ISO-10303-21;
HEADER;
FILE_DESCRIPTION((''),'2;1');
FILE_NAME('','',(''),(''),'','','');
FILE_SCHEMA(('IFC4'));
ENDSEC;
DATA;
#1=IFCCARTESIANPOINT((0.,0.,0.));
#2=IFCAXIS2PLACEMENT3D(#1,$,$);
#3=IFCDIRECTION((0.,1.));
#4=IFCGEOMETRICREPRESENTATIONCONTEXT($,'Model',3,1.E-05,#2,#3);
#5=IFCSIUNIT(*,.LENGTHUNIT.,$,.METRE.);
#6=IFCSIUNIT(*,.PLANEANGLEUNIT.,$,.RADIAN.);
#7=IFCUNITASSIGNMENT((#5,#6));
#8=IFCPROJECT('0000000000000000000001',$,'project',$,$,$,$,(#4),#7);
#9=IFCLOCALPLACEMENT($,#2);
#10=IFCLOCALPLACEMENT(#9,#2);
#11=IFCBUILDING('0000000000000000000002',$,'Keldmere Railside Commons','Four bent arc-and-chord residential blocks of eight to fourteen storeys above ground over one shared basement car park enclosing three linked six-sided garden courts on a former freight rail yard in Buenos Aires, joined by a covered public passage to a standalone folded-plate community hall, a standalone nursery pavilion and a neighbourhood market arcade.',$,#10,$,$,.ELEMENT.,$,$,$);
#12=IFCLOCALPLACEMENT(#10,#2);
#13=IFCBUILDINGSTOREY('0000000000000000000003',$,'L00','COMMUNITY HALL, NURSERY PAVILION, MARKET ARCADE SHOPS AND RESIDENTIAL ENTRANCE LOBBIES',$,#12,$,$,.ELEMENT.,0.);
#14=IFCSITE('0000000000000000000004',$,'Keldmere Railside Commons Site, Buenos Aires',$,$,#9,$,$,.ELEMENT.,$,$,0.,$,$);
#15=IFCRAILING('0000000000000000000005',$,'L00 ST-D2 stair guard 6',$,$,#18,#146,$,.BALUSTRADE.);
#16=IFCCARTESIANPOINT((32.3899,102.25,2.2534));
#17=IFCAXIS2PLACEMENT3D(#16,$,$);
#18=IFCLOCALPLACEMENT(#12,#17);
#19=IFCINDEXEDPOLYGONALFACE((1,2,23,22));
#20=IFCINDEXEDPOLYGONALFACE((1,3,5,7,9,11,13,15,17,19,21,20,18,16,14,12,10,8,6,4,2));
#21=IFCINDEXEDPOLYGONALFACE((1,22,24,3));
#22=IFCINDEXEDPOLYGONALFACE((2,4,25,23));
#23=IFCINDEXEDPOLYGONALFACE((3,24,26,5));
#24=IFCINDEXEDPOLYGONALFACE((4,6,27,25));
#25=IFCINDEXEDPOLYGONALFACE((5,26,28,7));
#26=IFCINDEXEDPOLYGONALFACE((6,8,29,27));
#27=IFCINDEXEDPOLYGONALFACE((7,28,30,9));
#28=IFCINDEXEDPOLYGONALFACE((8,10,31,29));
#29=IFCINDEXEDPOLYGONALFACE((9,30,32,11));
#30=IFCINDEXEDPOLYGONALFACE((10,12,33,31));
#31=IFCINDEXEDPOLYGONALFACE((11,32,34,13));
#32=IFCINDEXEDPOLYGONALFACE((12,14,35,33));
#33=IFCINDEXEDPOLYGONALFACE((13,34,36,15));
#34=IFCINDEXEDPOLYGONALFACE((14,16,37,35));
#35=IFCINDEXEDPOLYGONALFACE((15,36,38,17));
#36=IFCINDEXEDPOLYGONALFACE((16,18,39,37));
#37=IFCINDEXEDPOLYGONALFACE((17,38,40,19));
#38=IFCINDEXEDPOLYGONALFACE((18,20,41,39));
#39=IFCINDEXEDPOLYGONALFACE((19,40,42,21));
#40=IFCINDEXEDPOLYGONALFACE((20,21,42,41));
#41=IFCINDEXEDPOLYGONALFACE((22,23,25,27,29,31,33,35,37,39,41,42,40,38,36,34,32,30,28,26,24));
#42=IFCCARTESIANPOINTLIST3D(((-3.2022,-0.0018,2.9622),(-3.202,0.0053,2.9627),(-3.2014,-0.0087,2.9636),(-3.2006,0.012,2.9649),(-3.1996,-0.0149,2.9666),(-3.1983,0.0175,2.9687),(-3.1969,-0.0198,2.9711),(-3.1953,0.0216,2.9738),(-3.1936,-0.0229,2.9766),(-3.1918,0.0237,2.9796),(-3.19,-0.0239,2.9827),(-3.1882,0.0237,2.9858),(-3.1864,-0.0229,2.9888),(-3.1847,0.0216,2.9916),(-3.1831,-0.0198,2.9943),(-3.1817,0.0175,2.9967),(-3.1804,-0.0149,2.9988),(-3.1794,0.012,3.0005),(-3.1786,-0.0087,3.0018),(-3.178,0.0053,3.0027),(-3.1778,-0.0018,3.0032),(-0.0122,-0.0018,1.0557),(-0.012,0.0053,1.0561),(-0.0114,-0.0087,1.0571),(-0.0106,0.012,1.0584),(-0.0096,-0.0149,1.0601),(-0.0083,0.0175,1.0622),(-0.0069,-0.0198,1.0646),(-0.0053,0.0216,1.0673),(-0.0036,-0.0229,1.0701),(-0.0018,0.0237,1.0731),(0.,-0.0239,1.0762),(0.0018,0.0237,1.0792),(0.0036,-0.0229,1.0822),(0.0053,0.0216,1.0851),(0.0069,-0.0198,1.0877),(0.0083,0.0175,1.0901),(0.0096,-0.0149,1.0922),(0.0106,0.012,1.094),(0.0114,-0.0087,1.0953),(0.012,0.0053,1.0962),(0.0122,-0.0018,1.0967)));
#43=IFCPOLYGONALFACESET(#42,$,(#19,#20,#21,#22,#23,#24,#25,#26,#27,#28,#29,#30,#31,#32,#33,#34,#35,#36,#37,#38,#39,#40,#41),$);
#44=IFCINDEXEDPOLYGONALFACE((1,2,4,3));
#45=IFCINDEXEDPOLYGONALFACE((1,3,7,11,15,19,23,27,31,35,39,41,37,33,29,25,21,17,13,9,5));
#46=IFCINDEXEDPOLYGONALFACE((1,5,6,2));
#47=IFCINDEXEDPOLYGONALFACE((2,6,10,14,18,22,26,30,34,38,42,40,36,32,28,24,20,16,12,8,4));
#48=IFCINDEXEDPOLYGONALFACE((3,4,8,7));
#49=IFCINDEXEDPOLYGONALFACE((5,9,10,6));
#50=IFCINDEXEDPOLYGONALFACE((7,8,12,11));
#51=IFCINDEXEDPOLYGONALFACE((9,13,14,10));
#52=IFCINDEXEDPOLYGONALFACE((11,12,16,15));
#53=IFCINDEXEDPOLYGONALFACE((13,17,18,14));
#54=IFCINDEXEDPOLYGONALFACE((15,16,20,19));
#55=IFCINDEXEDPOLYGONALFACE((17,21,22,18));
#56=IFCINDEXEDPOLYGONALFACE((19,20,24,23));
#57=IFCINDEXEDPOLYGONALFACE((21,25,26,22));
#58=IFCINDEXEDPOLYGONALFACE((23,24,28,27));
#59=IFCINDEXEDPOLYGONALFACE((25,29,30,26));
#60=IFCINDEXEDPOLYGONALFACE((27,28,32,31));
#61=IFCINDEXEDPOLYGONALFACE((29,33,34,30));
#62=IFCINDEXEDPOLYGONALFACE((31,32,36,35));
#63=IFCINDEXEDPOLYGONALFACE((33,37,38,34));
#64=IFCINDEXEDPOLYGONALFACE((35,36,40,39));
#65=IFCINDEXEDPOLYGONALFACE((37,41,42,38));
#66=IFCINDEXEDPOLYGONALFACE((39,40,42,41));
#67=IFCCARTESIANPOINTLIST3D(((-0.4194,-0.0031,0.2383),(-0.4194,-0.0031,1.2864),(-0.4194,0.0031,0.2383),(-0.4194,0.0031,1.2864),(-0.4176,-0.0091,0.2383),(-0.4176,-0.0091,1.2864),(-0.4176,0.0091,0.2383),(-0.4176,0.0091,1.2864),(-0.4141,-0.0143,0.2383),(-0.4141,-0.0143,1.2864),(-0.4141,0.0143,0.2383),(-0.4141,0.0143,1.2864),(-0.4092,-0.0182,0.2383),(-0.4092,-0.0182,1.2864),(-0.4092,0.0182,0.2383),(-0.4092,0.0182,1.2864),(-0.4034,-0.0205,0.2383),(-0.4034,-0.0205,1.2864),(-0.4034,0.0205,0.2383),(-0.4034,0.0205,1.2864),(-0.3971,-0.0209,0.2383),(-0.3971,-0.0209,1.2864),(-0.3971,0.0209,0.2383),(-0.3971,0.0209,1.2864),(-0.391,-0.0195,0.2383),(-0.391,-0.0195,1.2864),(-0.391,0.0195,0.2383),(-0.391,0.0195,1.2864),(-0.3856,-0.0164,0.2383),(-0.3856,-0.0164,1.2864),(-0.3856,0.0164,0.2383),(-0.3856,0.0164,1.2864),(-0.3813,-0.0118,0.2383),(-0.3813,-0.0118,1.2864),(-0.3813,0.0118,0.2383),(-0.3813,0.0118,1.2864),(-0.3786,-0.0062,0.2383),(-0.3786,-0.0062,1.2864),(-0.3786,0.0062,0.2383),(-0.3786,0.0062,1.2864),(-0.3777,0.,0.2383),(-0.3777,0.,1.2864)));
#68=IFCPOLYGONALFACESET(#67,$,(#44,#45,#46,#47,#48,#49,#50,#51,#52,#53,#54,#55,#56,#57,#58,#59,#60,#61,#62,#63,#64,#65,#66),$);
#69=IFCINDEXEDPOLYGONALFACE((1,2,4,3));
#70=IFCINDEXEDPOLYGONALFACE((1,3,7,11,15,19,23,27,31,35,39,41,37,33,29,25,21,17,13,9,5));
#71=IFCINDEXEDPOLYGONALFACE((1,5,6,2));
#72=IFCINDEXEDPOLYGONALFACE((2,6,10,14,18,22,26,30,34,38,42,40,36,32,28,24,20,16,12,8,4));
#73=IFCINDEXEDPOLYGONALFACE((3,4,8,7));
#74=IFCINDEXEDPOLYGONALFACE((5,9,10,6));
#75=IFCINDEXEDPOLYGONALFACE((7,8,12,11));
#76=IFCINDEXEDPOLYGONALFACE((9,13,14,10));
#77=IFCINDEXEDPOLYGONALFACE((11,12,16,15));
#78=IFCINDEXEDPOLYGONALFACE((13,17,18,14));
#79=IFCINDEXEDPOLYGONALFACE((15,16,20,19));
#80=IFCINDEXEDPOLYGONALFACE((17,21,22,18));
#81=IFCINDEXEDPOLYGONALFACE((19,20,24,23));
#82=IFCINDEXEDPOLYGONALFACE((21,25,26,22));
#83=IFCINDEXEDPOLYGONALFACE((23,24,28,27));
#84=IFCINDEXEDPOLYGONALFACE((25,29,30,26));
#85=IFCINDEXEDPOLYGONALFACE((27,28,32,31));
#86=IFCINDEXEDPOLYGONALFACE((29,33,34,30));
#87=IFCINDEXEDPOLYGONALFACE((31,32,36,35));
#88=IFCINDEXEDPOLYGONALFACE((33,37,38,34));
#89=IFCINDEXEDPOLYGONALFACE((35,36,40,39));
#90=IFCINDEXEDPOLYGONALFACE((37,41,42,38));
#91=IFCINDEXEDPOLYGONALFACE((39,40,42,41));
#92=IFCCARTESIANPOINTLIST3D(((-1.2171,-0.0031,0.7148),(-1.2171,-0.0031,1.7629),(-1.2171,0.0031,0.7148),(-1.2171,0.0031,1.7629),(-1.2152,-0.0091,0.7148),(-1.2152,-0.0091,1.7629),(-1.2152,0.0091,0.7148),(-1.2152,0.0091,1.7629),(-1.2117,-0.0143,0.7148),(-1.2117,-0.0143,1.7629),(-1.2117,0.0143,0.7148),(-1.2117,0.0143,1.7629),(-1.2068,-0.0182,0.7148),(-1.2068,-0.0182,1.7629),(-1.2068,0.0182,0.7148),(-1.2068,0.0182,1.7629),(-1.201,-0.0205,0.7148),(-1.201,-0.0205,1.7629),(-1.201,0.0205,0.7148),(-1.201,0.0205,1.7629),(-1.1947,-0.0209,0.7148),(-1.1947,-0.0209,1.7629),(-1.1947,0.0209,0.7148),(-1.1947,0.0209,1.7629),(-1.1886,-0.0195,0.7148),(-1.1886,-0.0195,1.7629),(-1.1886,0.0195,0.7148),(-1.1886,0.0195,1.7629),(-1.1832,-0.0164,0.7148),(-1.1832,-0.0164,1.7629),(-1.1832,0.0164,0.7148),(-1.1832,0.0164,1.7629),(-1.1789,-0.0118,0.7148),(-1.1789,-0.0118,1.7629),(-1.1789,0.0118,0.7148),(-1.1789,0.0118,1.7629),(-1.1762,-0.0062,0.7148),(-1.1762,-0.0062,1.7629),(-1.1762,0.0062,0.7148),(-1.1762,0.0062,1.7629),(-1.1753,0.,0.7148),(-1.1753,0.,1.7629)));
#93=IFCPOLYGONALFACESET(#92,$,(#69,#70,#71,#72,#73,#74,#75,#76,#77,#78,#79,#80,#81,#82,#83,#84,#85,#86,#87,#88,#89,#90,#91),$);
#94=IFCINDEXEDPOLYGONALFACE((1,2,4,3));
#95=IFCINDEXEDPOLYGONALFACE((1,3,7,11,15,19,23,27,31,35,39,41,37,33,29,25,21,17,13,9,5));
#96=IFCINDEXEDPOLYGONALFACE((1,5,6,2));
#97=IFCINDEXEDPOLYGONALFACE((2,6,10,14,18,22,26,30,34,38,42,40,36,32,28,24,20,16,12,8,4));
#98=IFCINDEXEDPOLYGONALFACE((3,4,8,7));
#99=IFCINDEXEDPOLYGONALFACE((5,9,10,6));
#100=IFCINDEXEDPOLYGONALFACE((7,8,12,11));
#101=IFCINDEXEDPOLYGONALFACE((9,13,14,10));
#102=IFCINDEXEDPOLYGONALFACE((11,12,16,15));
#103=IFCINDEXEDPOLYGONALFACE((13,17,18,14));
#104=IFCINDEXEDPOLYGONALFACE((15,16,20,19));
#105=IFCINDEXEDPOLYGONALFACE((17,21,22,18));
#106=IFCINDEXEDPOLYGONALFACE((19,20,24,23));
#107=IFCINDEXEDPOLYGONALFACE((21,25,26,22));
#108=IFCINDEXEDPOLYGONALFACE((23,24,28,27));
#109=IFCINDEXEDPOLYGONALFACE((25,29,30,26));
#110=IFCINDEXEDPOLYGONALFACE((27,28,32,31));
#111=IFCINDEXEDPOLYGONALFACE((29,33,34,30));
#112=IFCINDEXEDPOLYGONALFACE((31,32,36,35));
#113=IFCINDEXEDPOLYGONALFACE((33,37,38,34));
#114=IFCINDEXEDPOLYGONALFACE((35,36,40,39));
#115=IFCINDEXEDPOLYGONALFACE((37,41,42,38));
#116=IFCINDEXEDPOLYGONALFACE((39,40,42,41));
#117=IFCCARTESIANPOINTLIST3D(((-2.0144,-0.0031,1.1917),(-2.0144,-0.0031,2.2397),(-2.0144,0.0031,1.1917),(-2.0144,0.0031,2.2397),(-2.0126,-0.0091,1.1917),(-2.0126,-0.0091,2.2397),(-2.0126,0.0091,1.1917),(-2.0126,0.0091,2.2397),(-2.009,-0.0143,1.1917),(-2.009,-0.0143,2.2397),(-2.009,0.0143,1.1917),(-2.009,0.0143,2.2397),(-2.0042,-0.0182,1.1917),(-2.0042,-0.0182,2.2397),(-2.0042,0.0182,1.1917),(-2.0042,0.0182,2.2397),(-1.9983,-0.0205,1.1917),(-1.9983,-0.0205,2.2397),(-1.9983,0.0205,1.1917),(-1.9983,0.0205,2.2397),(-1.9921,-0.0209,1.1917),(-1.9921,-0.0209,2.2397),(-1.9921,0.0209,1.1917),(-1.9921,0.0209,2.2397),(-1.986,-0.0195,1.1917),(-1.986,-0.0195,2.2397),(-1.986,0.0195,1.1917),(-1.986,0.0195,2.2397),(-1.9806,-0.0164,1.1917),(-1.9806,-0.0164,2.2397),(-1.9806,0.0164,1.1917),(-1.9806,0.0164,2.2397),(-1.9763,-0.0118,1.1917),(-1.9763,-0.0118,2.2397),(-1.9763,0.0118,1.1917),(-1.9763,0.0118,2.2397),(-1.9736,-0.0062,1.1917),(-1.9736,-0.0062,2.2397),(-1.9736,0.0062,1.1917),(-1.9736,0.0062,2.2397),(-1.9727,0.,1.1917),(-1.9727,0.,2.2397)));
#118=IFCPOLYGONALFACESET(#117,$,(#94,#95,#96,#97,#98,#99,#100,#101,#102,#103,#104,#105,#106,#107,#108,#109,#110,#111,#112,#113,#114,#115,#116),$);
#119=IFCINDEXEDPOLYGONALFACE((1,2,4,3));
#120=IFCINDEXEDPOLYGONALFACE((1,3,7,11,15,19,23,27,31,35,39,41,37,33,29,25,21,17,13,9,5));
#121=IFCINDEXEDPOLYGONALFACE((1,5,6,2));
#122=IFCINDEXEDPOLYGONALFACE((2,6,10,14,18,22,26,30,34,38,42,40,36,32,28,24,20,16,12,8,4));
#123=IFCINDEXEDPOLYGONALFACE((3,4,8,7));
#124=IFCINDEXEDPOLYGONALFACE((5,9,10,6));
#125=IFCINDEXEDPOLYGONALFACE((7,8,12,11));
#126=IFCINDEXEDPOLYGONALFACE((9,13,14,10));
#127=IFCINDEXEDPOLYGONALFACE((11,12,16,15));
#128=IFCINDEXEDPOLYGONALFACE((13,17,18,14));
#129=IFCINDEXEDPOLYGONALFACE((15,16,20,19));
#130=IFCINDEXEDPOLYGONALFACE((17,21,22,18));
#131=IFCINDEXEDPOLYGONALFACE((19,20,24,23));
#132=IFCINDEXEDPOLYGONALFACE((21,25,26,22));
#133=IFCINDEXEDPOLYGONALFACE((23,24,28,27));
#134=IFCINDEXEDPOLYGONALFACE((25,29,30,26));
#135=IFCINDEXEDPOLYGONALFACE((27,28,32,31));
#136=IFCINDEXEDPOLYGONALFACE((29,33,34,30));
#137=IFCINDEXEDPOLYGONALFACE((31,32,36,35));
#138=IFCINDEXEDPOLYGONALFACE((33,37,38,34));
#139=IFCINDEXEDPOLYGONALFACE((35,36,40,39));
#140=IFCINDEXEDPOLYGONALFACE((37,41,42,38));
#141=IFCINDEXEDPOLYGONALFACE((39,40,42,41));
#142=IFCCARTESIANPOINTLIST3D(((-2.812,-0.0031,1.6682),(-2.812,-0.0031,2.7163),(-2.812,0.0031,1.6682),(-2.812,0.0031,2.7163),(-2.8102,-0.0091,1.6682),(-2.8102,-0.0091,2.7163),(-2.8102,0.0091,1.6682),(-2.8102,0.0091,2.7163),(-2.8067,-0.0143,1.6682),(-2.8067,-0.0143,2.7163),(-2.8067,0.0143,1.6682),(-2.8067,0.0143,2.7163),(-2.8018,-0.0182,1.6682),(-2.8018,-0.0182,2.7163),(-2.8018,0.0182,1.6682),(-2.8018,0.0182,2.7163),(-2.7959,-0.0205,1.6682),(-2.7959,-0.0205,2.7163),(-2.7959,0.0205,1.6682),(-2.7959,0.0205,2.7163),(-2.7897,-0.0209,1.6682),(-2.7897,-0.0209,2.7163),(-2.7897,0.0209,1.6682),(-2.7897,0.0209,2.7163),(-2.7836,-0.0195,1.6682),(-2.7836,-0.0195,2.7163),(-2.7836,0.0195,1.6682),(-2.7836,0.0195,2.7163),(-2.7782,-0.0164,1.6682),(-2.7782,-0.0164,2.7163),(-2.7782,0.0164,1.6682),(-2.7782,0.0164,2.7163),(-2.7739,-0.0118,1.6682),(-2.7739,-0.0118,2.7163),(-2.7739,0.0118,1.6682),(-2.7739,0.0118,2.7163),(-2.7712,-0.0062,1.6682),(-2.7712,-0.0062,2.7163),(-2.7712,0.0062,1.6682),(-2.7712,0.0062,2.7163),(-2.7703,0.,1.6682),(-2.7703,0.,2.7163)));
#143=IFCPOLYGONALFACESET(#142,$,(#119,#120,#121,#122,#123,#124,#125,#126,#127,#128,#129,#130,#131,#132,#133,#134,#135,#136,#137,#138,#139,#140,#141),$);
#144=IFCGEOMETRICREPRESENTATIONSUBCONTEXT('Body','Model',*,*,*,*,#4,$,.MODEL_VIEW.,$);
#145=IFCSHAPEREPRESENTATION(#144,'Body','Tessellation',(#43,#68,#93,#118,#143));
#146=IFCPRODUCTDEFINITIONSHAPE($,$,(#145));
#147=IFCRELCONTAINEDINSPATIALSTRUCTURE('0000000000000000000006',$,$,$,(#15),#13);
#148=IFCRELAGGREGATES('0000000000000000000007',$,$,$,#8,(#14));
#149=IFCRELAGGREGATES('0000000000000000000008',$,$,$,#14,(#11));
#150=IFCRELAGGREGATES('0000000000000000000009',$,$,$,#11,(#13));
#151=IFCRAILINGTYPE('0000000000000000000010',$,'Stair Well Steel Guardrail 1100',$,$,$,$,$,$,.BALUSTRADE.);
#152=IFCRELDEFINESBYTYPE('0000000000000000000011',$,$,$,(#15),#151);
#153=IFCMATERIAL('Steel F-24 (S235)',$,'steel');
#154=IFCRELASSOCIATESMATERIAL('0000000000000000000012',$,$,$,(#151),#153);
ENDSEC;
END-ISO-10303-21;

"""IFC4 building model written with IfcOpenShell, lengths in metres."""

from ifc_helpers import new_model, si_unit, direction, frame, origin, origin_2d, place, context, subcontext, project, spatial, circle, extrude, material, type_object, element, save


model = new_model("IFC4")

# Units and contexts
model_context = context("Model", 3, precision=1e-05, world=origin(), true_north=direction((0.0, 1.0)))
body_context = subcontext(model_context, "Body", "Model", "MODEL_VIEW")
ifc_project = project(units=[si_unit("LENGTHUNIT", "METRE"), si_unit("PLANEANGLEUNIT", "RADIAN")], contexts=[model_context])

# Site, building, storey
site_placement = place(None, origin())
site = spatial("IfcSite", under=ifc_project, at=site_placement, Name="Keldmere Railside Commons Site, Buenos Aires", CompositionType="ELEMENT", RefElevation=0.0)
building_placement = place(site_placement, origin())
building = spatial("IfcBuilding", under=site, at=building_placement, Name="Keldmere Railside Commons", Description="Four bent arc-and-chord residential blocks of eight to fourteen storeys above ground over one shared basement car park enclosing three linked six-sided garden courts on a former freight rail yard in Buenos Aires, joined by a covered public passage to a standalone folded-plate community hall, a standalone nursery pavilion and a neighbourhood market arcade.", CompositionType="ELEMENT")
storey_placement = place(building_placement, origin())
storey = spatial("IfcBuildingStorey", under=building, at=storey_placement, Name="L00", Description="COMMUNITY HALL, NURSERY PAVILION, MARKET ARCADE SHOPS AND RESIDENTIAL ENTRANCE LOBBIES", CompositionType="ELEMENT", Elevation=0.0)

# Shared definitions
ifc_material_1 = material(Name="Steel F-24 (S235)", Category="steel")

# Railing
railing_type_1 = type_object("IfcRailingType", Name="Stair Well Steel Guardrail 1100", PredefinedType="BALUSTRADE", material=ifc_material_1)
railing_1_placement = place(storey_placement, frame((32.3899, 102.25, 2.2534)))
element("IfcRailing", 1, at=railing_1_placement, inside=storey, type_object=railing_type_1, Name="L00 ST-D2 stair guard 6", PredefinedType="BALUSTRADE", context=body_context, shape_type="SweptSolid", body=[
    extrude(circle(Radius=0.0239, at=origin_2d()), frame((0.0, 0.0, 1.0762), z_axis=(-0.858379, 0.0, 0.513017), x_axis=(0.0, -1.0, 0.0)), (0.0, 0.0, 1.0), 3.7163),
    extrude(circle(Radius=0.021, at=origin_2d()), frame((-0.3987, 0.0, 0.2383)), (0.0, 0.0, 1.0), 1.0481),
    extrude(circle(Radius=0.021, at=origin_2d()), frame((-1.1963, 0.0, 0.7148)), (0.0, 0.0, 1.0), 1.0481),
    extrude(circle(Radius=0.021, at=origin_2d()), frame((-1.9937, 0.0, 1.1917)), (0.0, 0.0, 1.0), 1.0481),
    extrude(circle(Radius=0.021, at=origin_2d()), frame((-2.7913, 0.0, 1.6682)), (0.0, 0.0, 1.0), 1.0481),
])

save(model, "model.ifc")
